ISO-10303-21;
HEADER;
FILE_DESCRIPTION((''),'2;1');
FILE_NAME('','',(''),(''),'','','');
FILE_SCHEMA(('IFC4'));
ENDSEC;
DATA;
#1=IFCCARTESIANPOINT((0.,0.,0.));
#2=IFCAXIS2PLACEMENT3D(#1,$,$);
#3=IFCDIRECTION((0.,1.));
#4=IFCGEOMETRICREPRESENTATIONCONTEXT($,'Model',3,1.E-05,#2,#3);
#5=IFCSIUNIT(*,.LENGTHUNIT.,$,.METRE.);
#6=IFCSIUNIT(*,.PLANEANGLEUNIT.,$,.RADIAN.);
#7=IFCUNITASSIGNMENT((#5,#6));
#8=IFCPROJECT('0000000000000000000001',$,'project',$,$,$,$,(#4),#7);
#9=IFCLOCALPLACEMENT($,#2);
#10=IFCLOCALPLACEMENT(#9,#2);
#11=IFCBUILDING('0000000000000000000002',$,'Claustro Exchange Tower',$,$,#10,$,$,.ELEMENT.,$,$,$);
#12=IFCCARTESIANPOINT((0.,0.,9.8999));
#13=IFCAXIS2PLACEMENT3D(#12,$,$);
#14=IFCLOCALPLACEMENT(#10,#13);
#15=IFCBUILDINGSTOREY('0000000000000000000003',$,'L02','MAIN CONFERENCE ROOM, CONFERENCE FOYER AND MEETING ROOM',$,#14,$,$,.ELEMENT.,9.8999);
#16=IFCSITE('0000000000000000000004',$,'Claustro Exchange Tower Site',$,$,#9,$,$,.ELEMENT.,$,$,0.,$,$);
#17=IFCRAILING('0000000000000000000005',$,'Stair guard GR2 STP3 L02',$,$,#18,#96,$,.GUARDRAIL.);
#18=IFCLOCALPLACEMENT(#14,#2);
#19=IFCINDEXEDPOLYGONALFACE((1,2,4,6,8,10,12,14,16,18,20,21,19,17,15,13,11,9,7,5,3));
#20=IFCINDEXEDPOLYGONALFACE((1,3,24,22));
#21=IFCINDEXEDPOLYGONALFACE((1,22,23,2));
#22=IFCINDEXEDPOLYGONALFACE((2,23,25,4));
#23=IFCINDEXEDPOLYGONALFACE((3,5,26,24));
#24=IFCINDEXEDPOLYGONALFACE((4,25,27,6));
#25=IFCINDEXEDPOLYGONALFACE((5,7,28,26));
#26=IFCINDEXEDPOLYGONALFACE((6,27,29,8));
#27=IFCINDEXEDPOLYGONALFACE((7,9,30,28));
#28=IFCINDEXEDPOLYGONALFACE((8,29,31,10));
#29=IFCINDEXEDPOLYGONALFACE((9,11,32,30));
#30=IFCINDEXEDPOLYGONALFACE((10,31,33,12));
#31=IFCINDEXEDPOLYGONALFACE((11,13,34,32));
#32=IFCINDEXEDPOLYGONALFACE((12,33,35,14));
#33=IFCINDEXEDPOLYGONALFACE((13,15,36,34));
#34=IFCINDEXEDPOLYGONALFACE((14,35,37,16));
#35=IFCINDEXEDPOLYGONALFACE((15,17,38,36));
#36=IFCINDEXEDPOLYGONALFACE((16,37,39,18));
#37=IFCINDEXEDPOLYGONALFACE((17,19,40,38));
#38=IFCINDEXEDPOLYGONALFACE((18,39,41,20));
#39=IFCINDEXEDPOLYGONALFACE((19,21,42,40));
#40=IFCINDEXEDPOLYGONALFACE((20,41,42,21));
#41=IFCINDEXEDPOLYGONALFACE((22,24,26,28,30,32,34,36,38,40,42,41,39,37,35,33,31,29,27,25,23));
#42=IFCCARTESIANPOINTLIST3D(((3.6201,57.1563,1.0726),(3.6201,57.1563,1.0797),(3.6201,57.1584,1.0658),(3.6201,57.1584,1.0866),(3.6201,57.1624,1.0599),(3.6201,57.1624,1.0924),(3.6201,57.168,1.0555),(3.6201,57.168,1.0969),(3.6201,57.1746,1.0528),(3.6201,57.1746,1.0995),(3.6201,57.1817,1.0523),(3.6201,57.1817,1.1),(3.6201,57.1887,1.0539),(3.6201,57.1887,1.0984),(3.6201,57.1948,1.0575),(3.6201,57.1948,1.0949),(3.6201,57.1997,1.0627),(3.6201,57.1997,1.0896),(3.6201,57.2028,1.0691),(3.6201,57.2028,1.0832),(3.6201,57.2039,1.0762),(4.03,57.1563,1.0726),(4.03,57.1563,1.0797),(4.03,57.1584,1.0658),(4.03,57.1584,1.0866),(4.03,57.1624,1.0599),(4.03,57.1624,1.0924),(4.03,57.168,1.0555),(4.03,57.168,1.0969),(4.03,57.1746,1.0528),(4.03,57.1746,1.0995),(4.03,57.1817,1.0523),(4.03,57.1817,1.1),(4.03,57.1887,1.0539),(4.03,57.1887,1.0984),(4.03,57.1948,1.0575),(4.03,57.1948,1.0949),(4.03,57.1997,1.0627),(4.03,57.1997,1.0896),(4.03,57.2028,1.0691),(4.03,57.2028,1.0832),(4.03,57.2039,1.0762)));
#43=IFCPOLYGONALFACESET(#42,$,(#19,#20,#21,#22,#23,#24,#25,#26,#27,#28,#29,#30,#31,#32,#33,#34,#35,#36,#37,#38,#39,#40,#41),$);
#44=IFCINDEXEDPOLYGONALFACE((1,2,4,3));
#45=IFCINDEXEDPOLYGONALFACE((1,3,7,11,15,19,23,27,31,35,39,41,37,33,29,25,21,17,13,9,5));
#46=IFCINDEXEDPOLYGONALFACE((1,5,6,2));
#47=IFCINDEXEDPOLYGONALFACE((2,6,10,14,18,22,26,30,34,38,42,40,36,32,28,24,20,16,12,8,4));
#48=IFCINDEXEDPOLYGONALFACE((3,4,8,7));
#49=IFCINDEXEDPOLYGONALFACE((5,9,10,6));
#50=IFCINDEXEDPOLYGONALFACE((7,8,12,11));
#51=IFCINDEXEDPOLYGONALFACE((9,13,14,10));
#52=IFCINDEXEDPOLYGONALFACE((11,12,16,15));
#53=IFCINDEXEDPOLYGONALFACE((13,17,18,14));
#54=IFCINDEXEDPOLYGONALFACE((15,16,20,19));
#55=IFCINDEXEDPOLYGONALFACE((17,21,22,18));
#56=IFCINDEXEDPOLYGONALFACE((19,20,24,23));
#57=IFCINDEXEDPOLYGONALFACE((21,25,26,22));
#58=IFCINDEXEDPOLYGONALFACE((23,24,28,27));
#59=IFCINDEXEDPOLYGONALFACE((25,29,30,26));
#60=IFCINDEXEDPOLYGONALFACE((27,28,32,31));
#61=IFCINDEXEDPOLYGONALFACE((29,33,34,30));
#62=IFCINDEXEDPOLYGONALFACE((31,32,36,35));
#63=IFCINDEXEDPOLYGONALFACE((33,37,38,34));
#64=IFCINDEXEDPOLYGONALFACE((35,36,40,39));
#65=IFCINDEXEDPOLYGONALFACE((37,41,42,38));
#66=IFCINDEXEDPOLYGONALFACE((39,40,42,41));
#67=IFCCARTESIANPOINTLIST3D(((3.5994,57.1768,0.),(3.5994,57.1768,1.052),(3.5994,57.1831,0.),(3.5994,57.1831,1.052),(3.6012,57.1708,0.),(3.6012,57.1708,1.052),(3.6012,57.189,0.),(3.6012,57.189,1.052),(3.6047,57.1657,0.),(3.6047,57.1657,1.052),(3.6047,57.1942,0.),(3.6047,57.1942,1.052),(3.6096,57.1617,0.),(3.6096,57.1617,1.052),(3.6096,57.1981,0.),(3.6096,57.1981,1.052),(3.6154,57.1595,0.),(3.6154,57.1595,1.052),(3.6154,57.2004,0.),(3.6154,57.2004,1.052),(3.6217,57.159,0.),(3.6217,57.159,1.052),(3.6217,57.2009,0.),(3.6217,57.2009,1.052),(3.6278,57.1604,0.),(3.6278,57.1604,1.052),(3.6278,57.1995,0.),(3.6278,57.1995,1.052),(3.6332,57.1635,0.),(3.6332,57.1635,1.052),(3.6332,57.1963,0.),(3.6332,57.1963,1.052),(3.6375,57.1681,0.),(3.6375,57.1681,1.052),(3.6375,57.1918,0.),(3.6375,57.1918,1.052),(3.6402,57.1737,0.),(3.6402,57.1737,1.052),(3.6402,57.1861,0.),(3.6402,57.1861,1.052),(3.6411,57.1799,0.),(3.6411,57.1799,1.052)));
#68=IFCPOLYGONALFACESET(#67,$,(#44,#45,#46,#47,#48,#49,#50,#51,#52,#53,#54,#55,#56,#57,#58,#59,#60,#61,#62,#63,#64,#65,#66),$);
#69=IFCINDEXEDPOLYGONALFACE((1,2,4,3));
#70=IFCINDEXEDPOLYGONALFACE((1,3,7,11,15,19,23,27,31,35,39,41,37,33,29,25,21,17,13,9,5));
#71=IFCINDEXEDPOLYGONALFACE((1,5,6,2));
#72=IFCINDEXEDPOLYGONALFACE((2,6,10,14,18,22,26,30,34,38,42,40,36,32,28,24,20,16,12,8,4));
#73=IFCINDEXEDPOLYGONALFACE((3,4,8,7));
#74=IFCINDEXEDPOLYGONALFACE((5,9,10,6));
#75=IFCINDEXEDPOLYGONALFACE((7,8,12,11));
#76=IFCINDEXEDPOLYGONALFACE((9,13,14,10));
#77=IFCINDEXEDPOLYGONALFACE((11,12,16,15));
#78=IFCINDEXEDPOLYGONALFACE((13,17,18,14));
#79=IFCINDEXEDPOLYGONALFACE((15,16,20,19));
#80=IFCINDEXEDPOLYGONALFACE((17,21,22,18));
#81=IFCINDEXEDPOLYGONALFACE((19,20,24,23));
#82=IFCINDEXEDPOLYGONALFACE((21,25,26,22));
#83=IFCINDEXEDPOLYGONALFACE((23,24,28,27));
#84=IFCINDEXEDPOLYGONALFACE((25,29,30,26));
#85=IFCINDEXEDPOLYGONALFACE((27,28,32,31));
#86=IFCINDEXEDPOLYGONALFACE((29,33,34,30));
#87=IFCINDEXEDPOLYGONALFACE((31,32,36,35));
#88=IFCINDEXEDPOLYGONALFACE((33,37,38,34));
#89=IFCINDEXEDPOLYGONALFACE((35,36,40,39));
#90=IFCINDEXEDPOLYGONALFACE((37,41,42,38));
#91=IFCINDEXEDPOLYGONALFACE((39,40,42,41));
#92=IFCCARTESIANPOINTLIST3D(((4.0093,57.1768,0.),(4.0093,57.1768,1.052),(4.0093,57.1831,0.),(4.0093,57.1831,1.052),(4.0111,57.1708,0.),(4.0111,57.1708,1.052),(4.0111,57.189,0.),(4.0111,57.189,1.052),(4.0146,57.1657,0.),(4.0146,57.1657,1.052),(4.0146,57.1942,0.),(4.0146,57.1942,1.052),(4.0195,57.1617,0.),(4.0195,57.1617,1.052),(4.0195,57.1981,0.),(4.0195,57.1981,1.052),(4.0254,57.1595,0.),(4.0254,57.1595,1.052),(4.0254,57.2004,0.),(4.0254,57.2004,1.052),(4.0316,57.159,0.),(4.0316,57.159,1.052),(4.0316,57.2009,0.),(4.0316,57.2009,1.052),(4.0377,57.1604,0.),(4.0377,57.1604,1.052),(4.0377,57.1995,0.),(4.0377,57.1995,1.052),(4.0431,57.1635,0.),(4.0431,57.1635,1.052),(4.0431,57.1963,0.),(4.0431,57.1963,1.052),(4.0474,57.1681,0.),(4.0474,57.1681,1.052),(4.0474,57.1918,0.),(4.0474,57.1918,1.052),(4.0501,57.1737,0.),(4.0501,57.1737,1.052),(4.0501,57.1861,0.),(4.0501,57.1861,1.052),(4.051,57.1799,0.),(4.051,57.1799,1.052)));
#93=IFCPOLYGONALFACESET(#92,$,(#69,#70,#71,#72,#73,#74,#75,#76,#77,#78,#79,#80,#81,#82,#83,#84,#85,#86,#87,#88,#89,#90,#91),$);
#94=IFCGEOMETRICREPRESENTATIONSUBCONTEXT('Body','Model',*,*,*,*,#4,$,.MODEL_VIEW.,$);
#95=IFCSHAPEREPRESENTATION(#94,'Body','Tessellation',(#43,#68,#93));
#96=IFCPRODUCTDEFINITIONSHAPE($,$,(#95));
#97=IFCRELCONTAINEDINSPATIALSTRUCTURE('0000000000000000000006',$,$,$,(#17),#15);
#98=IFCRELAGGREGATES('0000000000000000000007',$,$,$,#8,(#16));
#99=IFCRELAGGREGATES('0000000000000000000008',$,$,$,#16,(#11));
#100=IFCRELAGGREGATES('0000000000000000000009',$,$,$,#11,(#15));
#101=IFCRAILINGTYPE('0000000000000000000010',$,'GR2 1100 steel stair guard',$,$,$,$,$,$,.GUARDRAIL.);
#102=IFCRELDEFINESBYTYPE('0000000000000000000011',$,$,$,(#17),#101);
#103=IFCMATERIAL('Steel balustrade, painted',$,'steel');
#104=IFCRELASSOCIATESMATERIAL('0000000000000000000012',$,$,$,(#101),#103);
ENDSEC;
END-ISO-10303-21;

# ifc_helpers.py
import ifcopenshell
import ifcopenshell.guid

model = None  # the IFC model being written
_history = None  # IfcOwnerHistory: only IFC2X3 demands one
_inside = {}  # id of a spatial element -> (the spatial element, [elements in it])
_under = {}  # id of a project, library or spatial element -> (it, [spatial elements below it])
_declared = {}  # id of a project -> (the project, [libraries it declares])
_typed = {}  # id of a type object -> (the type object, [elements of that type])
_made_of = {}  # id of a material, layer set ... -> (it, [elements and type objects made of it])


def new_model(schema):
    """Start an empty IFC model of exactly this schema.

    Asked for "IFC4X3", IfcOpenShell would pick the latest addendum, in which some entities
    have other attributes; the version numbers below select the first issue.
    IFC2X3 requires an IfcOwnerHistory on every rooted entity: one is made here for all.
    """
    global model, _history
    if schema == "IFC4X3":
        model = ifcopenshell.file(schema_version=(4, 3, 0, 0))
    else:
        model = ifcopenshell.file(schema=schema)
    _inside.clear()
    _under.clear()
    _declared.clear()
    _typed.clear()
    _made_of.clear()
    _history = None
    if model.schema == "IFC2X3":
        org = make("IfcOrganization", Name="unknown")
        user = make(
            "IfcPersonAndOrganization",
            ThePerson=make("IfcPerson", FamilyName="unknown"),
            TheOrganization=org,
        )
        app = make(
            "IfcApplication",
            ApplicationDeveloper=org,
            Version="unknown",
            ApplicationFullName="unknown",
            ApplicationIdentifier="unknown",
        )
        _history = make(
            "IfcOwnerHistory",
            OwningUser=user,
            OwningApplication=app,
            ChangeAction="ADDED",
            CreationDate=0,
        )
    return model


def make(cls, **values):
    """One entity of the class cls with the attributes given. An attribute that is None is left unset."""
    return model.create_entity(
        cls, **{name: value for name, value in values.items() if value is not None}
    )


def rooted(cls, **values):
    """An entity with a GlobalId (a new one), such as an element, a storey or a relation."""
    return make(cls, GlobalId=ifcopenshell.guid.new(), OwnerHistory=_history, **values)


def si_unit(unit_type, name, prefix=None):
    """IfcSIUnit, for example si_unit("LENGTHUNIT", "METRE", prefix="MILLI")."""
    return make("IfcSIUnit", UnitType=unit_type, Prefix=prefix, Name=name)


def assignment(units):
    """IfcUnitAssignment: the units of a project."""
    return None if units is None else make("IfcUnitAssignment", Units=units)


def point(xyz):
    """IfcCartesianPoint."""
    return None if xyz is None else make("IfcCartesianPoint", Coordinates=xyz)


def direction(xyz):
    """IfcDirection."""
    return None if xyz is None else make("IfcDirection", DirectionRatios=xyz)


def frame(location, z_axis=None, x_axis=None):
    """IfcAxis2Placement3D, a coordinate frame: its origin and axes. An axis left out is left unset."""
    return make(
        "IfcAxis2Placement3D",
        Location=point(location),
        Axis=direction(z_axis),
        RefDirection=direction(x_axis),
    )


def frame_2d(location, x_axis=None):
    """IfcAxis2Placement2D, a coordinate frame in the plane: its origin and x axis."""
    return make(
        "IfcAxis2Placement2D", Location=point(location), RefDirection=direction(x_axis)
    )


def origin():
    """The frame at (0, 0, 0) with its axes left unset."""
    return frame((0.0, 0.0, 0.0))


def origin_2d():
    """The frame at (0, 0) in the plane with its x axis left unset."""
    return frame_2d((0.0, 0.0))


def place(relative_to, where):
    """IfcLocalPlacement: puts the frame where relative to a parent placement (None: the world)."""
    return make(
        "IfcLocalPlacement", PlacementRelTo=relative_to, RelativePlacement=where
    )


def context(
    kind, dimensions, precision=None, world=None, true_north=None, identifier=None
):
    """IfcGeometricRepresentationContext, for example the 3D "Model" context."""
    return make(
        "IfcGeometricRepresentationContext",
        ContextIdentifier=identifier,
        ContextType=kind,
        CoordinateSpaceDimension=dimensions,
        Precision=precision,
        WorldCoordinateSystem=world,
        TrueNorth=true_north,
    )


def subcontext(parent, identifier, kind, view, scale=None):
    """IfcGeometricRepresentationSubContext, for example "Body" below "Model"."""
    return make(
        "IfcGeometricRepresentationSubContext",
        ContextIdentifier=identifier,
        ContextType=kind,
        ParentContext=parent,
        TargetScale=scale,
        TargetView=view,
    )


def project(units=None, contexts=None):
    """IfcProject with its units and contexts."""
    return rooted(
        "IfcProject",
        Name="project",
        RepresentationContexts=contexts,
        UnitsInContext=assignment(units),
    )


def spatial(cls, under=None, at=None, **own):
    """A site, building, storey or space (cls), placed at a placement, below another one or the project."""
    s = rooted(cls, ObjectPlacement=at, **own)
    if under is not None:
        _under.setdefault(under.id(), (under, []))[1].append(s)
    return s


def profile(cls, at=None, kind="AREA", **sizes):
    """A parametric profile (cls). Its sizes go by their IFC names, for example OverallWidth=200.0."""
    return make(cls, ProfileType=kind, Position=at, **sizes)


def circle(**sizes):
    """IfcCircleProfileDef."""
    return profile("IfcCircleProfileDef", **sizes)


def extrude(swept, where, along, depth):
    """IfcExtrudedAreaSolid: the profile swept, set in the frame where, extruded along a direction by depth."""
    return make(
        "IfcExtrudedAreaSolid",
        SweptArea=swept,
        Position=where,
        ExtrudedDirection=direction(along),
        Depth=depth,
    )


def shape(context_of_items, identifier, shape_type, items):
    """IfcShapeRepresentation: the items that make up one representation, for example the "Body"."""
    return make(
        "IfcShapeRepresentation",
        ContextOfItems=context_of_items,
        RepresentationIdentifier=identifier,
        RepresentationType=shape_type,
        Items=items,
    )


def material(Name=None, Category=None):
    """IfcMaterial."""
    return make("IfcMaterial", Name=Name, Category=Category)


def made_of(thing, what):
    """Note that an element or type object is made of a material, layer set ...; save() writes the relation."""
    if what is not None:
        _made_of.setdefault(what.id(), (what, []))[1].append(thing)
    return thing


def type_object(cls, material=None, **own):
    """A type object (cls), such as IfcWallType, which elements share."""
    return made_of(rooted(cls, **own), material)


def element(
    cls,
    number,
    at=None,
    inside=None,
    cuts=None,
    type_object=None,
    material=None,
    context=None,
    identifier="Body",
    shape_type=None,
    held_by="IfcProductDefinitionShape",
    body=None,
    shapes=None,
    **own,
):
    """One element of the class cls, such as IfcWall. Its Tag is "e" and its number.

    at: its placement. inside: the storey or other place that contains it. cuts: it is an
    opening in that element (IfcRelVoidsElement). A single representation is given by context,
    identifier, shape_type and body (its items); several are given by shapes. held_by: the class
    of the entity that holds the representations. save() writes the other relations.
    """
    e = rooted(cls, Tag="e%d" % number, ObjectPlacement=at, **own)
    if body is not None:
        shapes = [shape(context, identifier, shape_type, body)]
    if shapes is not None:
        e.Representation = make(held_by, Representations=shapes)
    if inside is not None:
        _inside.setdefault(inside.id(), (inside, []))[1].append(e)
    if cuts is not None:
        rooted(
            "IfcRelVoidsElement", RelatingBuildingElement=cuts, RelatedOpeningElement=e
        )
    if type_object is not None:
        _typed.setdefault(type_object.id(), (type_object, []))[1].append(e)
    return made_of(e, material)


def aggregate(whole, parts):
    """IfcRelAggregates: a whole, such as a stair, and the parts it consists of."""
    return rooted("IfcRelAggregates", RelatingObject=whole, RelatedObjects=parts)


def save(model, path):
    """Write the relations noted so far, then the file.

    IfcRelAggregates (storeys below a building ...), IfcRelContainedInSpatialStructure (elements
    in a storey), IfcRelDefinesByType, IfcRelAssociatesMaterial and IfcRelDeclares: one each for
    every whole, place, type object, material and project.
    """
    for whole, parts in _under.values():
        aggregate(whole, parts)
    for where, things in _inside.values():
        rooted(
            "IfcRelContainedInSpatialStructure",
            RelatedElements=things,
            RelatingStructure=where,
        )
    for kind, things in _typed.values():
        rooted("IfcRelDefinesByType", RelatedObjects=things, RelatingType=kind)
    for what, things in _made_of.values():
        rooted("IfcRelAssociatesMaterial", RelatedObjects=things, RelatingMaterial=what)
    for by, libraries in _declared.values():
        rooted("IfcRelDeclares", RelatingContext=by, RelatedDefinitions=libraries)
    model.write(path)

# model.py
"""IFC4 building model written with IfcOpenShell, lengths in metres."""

from ifc_helpers import new_model, si_unit, direction, frame, origin, origin_2d, place, context, subcontext, project, spatial, circle, extrude, material, type_object, element, save


model = new_model("IFC4")

# Units and contexts
model_context = context("Model", 3, precision=1e-05, world=origin(), true_north=direction((0.0, 1.0)))
body_context = subcontext(model_context, "Body", "Model", "MODEL_VIEW")
ifc_project = project(units=[si_unit("LENGTHUNIT", "METRE"), si_unit("PLANEANGLEUNIT", "RADIAN")], contexts=[model_context])

# Site, building, storey
site_placement = place(None, origin())
site = spatial("IfcSite", under=ifc_project, at=site_placement, Name="Claustro Exchange Tower Site", CompositionType="ELEMENT", RefElevation=0.0)
building_placement = place(site_placement, origin())
building = spatial("IfcBuilding", under=site, at=building_placement, Name="Claustro Exchange Tower", CompositionType="ELEMENT")
storey_placement = place(building_placement, frame((0.0, 0.0, 9.8999)))
storey = spatial("IfcBuildingStorey", under=building, at=storey_placement, Name="L02", Description="MAIN CONFERENCE ROOM, CONFERENCE FOYER AND MEETING ROOM", CompositionType="ELEMENT", Elevation=9.8999)

# Railing
ifc_material_1 = material(Name="Steel balustrade, painted", Category="steel")
railing_type_1 = type_object("IfcRailingType", Name="GR2 1100 steel stair guard", PredefinedType="GUARDRAIL", material=ifc_material_1)
railing_1_placement = place(storey_placement, frame((3.6201, 57.1799, 0.0)))
element("IfcRailing", 1, at=railing_1_placement, inside=storey, type_object=railing_type_1, Name="Stair guard GR2 STP3 L02", PredefinedType="GUARDRAIL", context=body_context, shape_type="SweptSolid", body=[
    extrude(circle(Radius=0.0239, at=origin_2d()), frame((0.0, 0.0, 1.0762), z_axis=(1.0, 0.0, 0.0), x_axis=(0.0, 1.0, 0.0)), (0.0, 0.0, 1.0), 0.4099),
    extrude(circle(Radius=0.021, at=origin_2d()), origin(), (0.0, 0.0, 1.0), 1.052),
    extrude(circle(Radius=0.021, at=origin_2d()), frame((0.4099, 0.0, 0.0)), (0.0, 0.0, 1.0), 1.052),
])

save(model, "model.ifc")
